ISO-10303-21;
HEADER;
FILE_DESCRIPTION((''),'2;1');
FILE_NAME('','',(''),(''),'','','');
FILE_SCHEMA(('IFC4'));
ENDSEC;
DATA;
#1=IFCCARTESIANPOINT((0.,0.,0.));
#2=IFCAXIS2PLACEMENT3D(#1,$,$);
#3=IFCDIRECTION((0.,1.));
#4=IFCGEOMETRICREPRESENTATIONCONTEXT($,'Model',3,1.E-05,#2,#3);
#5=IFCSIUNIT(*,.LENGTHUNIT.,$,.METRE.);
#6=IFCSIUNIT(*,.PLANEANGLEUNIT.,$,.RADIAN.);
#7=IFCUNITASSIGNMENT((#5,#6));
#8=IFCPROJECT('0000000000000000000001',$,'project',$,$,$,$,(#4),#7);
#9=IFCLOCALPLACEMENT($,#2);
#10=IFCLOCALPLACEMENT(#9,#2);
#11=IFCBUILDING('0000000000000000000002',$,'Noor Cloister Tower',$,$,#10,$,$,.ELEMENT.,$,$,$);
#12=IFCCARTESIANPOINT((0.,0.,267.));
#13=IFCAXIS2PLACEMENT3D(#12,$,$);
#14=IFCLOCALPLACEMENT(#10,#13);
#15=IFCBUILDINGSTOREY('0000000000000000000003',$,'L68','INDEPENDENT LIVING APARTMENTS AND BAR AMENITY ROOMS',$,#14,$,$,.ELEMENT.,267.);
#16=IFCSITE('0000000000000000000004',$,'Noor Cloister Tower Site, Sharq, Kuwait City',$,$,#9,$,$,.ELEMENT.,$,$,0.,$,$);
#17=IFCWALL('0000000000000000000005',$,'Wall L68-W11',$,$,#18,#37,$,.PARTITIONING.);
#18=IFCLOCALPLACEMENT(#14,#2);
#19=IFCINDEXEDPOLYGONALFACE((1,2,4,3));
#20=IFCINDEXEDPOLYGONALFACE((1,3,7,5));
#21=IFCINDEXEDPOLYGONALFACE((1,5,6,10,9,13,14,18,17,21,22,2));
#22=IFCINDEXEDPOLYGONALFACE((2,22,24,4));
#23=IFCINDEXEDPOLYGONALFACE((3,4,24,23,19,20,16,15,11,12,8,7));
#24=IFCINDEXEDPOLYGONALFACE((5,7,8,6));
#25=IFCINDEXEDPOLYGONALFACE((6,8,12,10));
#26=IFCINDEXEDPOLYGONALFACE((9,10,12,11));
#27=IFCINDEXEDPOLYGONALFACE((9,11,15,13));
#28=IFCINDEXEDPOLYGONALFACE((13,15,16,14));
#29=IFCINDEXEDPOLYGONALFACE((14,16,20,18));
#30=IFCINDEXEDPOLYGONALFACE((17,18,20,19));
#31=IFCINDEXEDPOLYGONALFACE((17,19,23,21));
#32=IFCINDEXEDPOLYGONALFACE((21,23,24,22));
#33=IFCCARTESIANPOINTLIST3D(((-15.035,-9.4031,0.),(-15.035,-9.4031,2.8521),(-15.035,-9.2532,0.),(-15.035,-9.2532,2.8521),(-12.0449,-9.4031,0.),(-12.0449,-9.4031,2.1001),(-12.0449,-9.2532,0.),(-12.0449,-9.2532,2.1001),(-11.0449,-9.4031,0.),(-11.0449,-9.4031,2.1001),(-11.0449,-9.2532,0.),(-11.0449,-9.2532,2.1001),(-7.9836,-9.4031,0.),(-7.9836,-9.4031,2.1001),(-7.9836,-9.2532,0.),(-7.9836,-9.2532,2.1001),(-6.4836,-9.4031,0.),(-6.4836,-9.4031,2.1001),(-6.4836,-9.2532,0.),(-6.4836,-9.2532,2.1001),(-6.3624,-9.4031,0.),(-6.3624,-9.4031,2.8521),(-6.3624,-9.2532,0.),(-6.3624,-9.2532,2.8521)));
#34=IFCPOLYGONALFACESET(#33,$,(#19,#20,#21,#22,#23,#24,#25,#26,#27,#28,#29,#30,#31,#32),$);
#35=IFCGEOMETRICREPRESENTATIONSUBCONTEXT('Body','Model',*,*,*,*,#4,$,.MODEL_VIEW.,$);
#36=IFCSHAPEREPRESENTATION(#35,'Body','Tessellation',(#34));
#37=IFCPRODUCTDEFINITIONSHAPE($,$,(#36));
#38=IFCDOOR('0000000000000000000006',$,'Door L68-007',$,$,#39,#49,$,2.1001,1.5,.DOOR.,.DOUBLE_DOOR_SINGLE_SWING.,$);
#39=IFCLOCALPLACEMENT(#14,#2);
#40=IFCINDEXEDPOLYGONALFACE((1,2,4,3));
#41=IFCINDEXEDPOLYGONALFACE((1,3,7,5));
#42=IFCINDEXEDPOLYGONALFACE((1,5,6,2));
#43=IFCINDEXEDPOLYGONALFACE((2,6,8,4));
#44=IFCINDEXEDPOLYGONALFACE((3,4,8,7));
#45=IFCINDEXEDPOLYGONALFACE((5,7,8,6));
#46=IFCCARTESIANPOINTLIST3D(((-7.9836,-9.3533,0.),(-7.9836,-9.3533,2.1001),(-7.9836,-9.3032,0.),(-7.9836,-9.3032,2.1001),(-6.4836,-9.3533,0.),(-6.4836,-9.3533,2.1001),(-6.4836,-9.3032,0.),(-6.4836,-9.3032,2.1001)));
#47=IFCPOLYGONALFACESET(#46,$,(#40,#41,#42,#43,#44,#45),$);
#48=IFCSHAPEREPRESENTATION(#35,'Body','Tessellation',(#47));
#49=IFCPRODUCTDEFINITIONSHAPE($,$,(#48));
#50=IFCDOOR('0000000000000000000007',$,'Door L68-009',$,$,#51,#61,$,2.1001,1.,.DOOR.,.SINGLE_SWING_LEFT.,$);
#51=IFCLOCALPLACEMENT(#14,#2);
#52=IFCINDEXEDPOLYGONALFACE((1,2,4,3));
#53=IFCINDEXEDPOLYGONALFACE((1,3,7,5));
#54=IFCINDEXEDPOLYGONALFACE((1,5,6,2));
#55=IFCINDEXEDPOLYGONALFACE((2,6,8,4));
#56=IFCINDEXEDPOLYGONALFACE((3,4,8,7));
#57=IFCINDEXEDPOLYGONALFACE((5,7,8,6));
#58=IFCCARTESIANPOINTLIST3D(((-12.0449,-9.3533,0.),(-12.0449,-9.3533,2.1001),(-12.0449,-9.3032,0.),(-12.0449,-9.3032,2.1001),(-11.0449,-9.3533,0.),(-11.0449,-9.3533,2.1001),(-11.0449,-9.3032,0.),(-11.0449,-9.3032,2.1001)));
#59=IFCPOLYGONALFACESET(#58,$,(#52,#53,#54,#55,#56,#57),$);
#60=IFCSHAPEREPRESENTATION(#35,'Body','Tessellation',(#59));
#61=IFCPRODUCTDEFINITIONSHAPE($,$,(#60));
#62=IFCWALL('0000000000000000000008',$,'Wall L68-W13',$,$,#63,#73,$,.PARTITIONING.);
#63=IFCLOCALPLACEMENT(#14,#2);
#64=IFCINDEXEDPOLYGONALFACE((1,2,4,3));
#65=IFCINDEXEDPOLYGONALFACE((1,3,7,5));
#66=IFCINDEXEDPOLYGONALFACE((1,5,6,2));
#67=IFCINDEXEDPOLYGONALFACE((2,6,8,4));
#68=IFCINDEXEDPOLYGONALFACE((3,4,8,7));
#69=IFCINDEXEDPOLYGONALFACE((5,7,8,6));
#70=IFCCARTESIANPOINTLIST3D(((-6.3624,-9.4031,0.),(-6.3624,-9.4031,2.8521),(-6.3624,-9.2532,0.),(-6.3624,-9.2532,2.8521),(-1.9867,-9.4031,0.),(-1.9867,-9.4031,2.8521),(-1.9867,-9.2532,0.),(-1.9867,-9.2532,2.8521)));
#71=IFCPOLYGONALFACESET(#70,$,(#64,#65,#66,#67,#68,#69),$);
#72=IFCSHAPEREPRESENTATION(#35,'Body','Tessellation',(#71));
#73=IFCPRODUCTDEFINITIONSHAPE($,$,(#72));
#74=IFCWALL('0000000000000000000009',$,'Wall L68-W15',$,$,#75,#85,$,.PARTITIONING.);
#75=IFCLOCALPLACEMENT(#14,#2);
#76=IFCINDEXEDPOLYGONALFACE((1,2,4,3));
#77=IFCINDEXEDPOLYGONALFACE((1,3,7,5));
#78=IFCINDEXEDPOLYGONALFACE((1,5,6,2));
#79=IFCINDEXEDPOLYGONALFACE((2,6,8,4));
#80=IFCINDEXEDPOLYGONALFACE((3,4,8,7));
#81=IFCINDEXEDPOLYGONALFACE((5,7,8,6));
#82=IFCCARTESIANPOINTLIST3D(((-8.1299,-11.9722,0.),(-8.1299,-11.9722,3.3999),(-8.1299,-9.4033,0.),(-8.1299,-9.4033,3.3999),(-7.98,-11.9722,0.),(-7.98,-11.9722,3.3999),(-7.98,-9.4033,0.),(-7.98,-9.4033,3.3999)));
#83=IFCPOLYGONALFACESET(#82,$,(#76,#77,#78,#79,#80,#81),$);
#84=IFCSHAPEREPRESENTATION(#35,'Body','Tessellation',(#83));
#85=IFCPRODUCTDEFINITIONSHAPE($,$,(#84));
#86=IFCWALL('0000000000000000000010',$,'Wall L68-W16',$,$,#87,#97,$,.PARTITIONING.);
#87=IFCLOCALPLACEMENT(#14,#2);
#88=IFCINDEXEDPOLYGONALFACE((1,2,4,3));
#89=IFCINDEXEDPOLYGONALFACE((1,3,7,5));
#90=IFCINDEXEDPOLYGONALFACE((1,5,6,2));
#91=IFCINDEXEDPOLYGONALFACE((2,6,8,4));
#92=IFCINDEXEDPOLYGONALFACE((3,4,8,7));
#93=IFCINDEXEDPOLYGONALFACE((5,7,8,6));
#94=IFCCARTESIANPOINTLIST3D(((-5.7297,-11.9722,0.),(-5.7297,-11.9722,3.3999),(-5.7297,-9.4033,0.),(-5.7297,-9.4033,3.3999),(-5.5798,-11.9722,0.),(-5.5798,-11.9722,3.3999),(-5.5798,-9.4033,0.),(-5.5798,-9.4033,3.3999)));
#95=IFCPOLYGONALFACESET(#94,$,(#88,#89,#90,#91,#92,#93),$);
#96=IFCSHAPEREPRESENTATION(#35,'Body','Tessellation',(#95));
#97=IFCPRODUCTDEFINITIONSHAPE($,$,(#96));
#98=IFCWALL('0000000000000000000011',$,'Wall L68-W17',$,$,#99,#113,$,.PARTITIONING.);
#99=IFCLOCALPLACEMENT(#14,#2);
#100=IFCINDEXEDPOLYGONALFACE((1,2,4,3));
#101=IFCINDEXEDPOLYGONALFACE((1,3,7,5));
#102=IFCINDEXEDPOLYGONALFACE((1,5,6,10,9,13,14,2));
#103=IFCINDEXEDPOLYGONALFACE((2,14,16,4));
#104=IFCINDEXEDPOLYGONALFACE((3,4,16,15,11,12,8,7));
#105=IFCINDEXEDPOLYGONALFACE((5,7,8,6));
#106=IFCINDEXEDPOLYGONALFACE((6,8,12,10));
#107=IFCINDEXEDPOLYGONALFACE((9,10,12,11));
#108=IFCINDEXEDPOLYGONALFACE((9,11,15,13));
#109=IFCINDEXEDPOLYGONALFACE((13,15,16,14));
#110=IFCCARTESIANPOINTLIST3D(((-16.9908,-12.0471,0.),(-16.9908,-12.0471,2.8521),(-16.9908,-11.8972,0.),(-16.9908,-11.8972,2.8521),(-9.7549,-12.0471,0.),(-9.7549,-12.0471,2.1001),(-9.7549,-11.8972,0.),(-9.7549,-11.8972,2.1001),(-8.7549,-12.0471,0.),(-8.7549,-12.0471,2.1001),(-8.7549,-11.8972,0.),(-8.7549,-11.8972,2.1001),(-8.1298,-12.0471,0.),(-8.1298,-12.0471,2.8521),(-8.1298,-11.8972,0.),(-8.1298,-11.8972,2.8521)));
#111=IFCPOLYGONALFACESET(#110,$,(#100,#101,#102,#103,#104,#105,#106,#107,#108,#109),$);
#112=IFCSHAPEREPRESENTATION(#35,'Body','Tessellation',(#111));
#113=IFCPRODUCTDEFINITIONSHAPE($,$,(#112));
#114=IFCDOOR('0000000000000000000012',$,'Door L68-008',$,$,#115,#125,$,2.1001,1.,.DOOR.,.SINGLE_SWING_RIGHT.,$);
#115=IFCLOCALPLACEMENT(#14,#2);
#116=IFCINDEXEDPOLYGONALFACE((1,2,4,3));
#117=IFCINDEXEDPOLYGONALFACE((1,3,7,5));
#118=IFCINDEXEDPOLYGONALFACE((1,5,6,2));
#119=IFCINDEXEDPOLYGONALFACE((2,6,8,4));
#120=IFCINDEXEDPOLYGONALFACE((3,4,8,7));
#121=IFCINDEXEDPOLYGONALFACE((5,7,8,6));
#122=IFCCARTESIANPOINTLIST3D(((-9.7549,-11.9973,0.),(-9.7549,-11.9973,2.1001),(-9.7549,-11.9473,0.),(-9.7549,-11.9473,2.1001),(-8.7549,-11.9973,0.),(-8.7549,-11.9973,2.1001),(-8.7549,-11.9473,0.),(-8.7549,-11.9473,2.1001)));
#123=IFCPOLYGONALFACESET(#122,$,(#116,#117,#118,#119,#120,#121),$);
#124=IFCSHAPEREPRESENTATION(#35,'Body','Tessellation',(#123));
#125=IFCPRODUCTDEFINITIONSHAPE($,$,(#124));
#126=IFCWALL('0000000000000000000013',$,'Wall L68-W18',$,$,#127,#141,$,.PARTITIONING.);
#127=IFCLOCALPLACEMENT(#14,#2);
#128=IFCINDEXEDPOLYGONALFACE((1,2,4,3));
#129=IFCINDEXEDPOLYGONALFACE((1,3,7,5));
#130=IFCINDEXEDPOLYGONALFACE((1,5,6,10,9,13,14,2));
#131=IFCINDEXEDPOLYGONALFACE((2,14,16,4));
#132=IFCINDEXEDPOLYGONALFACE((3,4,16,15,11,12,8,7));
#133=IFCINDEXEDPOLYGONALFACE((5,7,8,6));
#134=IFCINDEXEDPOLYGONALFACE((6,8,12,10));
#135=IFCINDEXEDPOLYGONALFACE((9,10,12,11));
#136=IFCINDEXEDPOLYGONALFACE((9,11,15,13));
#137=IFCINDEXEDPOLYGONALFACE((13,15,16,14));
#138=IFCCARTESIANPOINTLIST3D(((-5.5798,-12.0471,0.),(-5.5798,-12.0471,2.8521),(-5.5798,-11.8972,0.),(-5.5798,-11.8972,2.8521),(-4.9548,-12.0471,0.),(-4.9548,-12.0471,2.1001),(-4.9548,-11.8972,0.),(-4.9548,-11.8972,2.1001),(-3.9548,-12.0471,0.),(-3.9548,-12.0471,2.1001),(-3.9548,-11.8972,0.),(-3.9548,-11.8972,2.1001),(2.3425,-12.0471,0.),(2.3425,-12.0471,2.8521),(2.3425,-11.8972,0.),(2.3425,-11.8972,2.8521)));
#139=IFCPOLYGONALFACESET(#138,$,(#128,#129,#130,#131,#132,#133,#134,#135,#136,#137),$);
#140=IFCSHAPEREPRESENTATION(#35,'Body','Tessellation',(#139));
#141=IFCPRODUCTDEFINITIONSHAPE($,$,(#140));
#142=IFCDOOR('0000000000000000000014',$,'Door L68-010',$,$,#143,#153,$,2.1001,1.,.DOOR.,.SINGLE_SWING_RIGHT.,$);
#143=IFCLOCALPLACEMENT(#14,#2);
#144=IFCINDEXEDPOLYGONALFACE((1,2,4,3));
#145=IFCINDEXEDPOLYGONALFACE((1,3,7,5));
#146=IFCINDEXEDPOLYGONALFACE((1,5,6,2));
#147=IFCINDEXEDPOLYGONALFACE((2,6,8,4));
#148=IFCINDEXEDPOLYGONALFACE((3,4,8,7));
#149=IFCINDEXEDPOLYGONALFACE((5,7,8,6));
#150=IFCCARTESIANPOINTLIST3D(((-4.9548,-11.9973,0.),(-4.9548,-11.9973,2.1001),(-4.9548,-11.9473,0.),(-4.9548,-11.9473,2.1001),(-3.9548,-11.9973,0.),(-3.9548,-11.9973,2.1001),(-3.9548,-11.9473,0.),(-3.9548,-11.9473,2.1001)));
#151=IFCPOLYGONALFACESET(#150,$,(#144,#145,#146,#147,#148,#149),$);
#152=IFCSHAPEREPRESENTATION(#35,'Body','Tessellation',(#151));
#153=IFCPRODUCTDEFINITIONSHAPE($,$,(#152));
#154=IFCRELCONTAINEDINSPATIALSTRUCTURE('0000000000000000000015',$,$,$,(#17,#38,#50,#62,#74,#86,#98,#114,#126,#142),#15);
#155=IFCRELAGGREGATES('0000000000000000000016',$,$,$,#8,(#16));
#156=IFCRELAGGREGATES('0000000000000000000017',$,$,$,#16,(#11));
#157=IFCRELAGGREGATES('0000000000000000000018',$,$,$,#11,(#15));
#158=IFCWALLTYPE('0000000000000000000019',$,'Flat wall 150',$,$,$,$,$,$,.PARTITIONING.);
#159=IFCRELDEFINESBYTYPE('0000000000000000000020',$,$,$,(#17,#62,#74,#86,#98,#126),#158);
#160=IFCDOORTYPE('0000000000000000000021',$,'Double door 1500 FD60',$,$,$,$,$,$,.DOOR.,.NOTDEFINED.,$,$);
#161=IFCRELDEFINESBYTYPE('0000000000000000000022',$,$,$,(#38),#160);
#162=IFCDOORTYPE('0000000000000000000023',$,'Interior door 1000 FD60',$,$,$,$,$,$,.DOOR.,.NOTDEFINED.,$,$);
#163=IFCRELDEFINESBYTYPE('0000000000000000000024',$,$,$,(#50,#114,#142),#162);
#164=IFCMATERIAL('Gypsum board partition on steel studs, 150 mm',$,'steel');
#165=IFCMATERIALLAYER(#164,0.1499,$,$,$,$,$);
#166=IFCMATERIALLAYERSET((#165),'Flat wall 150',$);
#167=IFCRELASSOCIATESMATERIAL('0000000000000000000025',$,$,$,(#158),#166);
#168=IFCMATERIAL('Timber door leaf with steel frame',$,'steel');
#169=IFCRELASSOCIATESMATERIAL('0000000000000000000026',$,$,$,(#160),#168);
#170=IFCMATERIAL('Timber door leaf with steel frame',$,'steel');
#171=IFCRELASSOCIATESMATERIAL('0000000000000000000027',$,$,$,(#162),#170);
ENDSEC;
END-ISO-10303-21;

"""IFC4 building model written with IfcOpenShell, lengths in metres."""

from ifc_helpers import new_model, si_unit, direction, frame, frame_2d, origin, place, context, subcontext, project, spatial, rectangle, extrude, material, layer, layer_set, type_object, element, fill, save


model = new_model("IFC4")

# Units and contexts
model_context = context("Model", 3, precision=1e-05, world=origin(), true_north=direction((0.0, 1.0)))
body_context = subcontext(model_context, "Body", "Model", "MODEL_VIEW")
ifc_project = project(units=[si_unit("LENGTHUNIT", "METRE"), si_unit("PLANEANGLEUNIT", "RADIAN")], contexts=[model_context])

# Site, building, storey
site_placement = place(None, origin())
site = spatial("IfcSite", under=ifc_project, at=site_placement, Name="Noor Cloister Tower Site, Sharq, Kuwait City", CompositionType="ELEMENT", RefElevation=0.0)
building_placement = place(site_placement, origin())
building = spatial("IfcBuilding", under=site, at=building_placement, Name="Noor Cloister Tower", CompositionType="ELEMENT")
storey_placement = place(building_placement, frame((0.0, 0.0, 267.0)))
storey = spatial("IfcBuildingStorey", under=building, at=storey_placement, Name="L68", Description="INDEPENDENT LIVING APARTMENTS AND BAR AMENITY ROOMS", CompositionType="ELEMENT", Elevation=267.0)

# Wall, openings, doors
ifc_material_1 = material(Name="Gypsum board partition on steel studs, 150 mm", Category="steel")
ifc_layer_1 = layer(ifc_material_1, 0.1499)
ifc_layer_set_1 = layer_set([ifc_layer_1], Name="Flat wall 150")
wall_type = type_object("IfcWallType", Name="Flat wall 150", PredefinedType="PARTITIONING", material=ifc_layer_set_1)
wall_1_placement = place(storey_placement, frame((-15.0352, -9.3281, 0.0), z_axis=(0.0, 0.0, 1.0), x_axis=(1.0, 0.0, 0.0)))
wall_1 = element("IfcWall", 1, at=wall_1_placement, inside=storey, type_object=wall_type, Name="Wall L68-W11", PredefinedType="PARTITIONING", context=body_context, shape_type="SweptSolid", body=[
    extrude(rectangle(XDim=8.6726, YDim=0.1499, at=frame_2d((4.3364, 0.0))), origin(), (0.0, 0.0, 1.0), 2.8521),
])
opening_1_placement = place(wall_1_placement, frame((7.0515, 0.0, 0.0)))
opening_1 = element("IfcOpeningElement", 2, at=opening_1_placement, cuts=wall_1, PredefinedType="OPENING", context=body_context, shape_type="SweptSolid", body=[
    extrude(rectangle(XDim=1.5, YDim=2.1001, at=frame_2d((0.75, 1.05))), frame((0.0, 0.085, 0.0), z_axis=(0.0, -1.0, 0.0), x_axis=(1.0, 0.0, 0.0)), (0.0, 0.0, 1.0), 0.1699),
])
opening_2_placement = place(wall_1_placement, frame((2.9902, 0.0, 0.0)))
opening_2 = element("IfcOpeningElement", 3, at=opening_2_placement, cuts=wall_1, PredefinedType="OPENING", context=body_context, shape_type="SweptSolid", body=[
    extrude(rectangle(XDim=1.0, YDim=2.1001, at=frame_2d((0.5, 1.05))), frame((0.0, 0.085, 0.0), z_axis=(0.0, -1.0, 0.0), x_axis=(1.0, 0.0, 0.0)), (0.0, 0.0, 1.0), 0.1699),
])
ifc_material_2 = material(Name="Timber door leaf with steel frame", Category="steel")
door_type_1 = type_object("IfcDoorType", Name="Double door 1500 FD60", OperationType="NOTDEFINED", PredefinedType="DOOR", material=ifc_material_2)
door_1_placement = place(opening_1_placement, origin())
door_1 = element("IfcDoor", 4, at=door_1_placement, inside=storey, type_object=door_type_1, Name="Door L68-007", OperationType="DOUBLE_DOOR_SINGLE_SWING", OverallHeight=2.1001, OverallWidth=1.5, PredefinedType="DOOR", context=body_context, shape_type="SweptSolid", body=[
    extrude(rectangle(XDim=1.5, YDim=2.1001, at=frame_2d((0.75, 1.05))), frame((0.0, 0.0249, 0.0), z_axis=(0.0, -1.0, 0.0), x_axis=(1.0, 0.0, 0.0)), (0.0, 0.0, 1.0), 0.05),
])
fill(opening_1, door_1)
ifc_material_3 = material(Name="Timber door leaf with steel frame", Category="steel")
door_type_2 = type_object("IfcDoorType", Name="Interior door 1000 FD60", OperationType="NOTDEFINED", PredefinedType="DOOR", material=ifc_material_3)
door_2_placement = place(opening_2_placement, origin())
door_2 = element("IfcDoor", 5, at=door_2_placement, inside=storey, type_object=door_type_2, Name="Door L68-009", OperationType="SINGLE_SWING_LEFT", OverallHeight=2.1001, OverallWidth=1.0, PredefinedType="DOOR", context=body_context, shape_type="SweptSolid", body=[
    extrude(rectangle(XDim=1.0, YDim=2.1001, at=frame_2d((0.5, 1.05))), frame((0.0, 0.0249, 0.0), z_axis=(0.0, -1.0, 0.0), x_axis=(1.0, 0.0, 0.0)), (0.0, 0.0, 1.0), 0.05),
])
fill(opening_2, door_2)

# Walls
wall_2_placement = place(storey_placement, frame((-6.3625, -9.3281, 0.0), z_axis=(0.0, 0.0, 1.0), x_axis=(1.0, 0.0, 0.0)))
element("IfcWall", 6, at=wall_2_placement, inside=storey, type_object=wall_type, Name="Wall L68-W13", PredefinedType="PARTITIONING", context=body_context, shape_type="SweptSolid", body=[
    extrude(rectangle(XDim=4.3757, YDim=0.1499, at=frame_2d((2.188, 0.0))), origin(), (0.0, 0.0, 1.0), 2.8521),
])
for number, where, z_axis, x_axis, name in (
    (7, (-8.0549, -9.4033, 0.0), (0.0, 0.0, 1.0), (0.0, -1.0, 0.0), "Wall L68-W15"),
    (8, (-5.6548, -9.4033, 0.0), (0.0, 0.0, 1.0), (0.0, -1.0, 0.0), "Wall L68-W16"),
):
    element("IfcWall", number, at=place(storey_placement, frame(where, z_axis=z_axis, x_axis=x_axis)), inside=storey, type_object=wall_type, Name=name, PredefinedType="PARTITIONING", context=body_context, shape_type="SweptSolid", body=[
        extrude(rectangle(XDim=2.5688, YDim=0.1499, at=frame_2d((1.2844, 0.0))), origin(), (0.0, 0.0, 1.0), 3.3999),
    ])

# Walls, openings, doors
wall_3_placement = place(storey_placement, frame((-16.991, -11.9722, 0.0), z_axis=(0.0, 0.0, 1.0), x_axis=(1.0, 0.0, 0.0)))
wall_3 = element("IfcWall", 9, at=wall_3_placement, inside=storey, type_object=wall_type, Name="Wall L68-W17", PredefinedType="PARTITIONING", context=body_context, shape_type="SweptSolid", body=[
    extrude(rectangle(XDim=8.8611, YDim=0.1499, at=frame_2d((4.4307, 0.0))), origin(), (0.0, 0.0, 1.0), 2.8521),
])
opening_3_placement = place(wall_3_placement, frame((7.2361, 0.0, 0.0)))
opening_3 = element("IfcOpeningElement", 10, at=opening_3_placement, cuts=wall_3, PredefinedType="OPENING", context=body_context, shape_type="SweptSolid", body=[
    extrude(rectangle(XDim=1.0, YDim=2.1001, at=frame_2d((0.5, 1.05))), frame((0.0, 0.085, 0.0), z_axis=(0.0, -1.0, 0.0), x_axis=(1.0, 0.0, 0.0)), (0.0, 0.0, 1.0), 0.1699),
])
door_3_placement = place(opening_3_placement, origin())
door_3 = element("IfcDoor", 11, at=door_3_placement, inside=storey, type_object=door_type_2, Name="Door L68-008", OperationType="SINGLE_SWING_RIGHT", OverallHeight=2.1001, OverallWidth=1.0, PredefinedType="DOOR", context=body_context, shape_type="SweptSolid", body=[
    extrude(rectangle(XDim=1.0, YDim=2.1001, at=frame_2d((0.5, 1.05))), frame((0.0, 0.0249, 0.0), z_axis=(0.0, -1.0, 0.0), x_axis=(1.0, 0.0, 0.0)), (0.0, 0.0, 1.0), 0.05),
])
fill(opening_3, door_3)
wall_4_placement = place(storey_placement, frame((-5.5798, -11.9722, 0.0), z_axis=(0.0, 0.0, 1.0), x_axis=(1.0, 0.0, 0.0)))
wall_4 = element("IfcWall", 12, at=wall_4_placement, inside=storey, type_object=wall_type, Name="Wall L68-W18", PredefinedType="PARTITIONING", context=body_context, shape_type="SweptSolid", body=[
    extrude(rectangle(XDim=7.9224, YDim=0.1499, at=frame_2d((3.9612, 0.0))), origin(), (0.0, 0.0, 1.0), 2.8521),
])
opening_4_placement = place(wall_4_placement, frame((0.625, 0.0, 0.0)))
opening_4 = element("IfcOpeningElement", 13, at=opening_4_placement, cuts=wall_4, PredefinedType="OPENING", context=body_context, shape_type="SweptSolid", body=[
    extrude(rectangle(XDim=1.0, YDim=2.1001, at=frame_2d((0.5, 1.05))), frame((0.0, 0.085, 0.0), z_axis=(0.0, -1.0, 0.0), x_axis=(1.0, 0.0, 0.0)), (0.0, 0.0, 1.0), 0.1699),
])
door_4_placement = place(opening_4_placement, origin())
door_4 = element("IfcDoor", 14, at=door_4_placement, inside=storey, type_object=door_type_2, Name="Door L68-010", OperationType="SINGLE_SWING_RIGHT", OverallHeight=2.1001, OverallWidth=1.0, PredefinedType="DOOR", context=body_context, shape_type="SweptSolid", body=[
    extrude(rectangle(XDim=1.0, YDim=2.1001, at=frame_2d((0.5, 1.05))), frame((0.0, 0.0249, 0.0), z_axis=(0.0, -1.0, 0.0), x_axis=(1.0, 0.0, 0.0)), (0.0, 0.0, 1.0), 0.05),
])
fill(opening_4, door_4)

save(model, "model.ifc")
